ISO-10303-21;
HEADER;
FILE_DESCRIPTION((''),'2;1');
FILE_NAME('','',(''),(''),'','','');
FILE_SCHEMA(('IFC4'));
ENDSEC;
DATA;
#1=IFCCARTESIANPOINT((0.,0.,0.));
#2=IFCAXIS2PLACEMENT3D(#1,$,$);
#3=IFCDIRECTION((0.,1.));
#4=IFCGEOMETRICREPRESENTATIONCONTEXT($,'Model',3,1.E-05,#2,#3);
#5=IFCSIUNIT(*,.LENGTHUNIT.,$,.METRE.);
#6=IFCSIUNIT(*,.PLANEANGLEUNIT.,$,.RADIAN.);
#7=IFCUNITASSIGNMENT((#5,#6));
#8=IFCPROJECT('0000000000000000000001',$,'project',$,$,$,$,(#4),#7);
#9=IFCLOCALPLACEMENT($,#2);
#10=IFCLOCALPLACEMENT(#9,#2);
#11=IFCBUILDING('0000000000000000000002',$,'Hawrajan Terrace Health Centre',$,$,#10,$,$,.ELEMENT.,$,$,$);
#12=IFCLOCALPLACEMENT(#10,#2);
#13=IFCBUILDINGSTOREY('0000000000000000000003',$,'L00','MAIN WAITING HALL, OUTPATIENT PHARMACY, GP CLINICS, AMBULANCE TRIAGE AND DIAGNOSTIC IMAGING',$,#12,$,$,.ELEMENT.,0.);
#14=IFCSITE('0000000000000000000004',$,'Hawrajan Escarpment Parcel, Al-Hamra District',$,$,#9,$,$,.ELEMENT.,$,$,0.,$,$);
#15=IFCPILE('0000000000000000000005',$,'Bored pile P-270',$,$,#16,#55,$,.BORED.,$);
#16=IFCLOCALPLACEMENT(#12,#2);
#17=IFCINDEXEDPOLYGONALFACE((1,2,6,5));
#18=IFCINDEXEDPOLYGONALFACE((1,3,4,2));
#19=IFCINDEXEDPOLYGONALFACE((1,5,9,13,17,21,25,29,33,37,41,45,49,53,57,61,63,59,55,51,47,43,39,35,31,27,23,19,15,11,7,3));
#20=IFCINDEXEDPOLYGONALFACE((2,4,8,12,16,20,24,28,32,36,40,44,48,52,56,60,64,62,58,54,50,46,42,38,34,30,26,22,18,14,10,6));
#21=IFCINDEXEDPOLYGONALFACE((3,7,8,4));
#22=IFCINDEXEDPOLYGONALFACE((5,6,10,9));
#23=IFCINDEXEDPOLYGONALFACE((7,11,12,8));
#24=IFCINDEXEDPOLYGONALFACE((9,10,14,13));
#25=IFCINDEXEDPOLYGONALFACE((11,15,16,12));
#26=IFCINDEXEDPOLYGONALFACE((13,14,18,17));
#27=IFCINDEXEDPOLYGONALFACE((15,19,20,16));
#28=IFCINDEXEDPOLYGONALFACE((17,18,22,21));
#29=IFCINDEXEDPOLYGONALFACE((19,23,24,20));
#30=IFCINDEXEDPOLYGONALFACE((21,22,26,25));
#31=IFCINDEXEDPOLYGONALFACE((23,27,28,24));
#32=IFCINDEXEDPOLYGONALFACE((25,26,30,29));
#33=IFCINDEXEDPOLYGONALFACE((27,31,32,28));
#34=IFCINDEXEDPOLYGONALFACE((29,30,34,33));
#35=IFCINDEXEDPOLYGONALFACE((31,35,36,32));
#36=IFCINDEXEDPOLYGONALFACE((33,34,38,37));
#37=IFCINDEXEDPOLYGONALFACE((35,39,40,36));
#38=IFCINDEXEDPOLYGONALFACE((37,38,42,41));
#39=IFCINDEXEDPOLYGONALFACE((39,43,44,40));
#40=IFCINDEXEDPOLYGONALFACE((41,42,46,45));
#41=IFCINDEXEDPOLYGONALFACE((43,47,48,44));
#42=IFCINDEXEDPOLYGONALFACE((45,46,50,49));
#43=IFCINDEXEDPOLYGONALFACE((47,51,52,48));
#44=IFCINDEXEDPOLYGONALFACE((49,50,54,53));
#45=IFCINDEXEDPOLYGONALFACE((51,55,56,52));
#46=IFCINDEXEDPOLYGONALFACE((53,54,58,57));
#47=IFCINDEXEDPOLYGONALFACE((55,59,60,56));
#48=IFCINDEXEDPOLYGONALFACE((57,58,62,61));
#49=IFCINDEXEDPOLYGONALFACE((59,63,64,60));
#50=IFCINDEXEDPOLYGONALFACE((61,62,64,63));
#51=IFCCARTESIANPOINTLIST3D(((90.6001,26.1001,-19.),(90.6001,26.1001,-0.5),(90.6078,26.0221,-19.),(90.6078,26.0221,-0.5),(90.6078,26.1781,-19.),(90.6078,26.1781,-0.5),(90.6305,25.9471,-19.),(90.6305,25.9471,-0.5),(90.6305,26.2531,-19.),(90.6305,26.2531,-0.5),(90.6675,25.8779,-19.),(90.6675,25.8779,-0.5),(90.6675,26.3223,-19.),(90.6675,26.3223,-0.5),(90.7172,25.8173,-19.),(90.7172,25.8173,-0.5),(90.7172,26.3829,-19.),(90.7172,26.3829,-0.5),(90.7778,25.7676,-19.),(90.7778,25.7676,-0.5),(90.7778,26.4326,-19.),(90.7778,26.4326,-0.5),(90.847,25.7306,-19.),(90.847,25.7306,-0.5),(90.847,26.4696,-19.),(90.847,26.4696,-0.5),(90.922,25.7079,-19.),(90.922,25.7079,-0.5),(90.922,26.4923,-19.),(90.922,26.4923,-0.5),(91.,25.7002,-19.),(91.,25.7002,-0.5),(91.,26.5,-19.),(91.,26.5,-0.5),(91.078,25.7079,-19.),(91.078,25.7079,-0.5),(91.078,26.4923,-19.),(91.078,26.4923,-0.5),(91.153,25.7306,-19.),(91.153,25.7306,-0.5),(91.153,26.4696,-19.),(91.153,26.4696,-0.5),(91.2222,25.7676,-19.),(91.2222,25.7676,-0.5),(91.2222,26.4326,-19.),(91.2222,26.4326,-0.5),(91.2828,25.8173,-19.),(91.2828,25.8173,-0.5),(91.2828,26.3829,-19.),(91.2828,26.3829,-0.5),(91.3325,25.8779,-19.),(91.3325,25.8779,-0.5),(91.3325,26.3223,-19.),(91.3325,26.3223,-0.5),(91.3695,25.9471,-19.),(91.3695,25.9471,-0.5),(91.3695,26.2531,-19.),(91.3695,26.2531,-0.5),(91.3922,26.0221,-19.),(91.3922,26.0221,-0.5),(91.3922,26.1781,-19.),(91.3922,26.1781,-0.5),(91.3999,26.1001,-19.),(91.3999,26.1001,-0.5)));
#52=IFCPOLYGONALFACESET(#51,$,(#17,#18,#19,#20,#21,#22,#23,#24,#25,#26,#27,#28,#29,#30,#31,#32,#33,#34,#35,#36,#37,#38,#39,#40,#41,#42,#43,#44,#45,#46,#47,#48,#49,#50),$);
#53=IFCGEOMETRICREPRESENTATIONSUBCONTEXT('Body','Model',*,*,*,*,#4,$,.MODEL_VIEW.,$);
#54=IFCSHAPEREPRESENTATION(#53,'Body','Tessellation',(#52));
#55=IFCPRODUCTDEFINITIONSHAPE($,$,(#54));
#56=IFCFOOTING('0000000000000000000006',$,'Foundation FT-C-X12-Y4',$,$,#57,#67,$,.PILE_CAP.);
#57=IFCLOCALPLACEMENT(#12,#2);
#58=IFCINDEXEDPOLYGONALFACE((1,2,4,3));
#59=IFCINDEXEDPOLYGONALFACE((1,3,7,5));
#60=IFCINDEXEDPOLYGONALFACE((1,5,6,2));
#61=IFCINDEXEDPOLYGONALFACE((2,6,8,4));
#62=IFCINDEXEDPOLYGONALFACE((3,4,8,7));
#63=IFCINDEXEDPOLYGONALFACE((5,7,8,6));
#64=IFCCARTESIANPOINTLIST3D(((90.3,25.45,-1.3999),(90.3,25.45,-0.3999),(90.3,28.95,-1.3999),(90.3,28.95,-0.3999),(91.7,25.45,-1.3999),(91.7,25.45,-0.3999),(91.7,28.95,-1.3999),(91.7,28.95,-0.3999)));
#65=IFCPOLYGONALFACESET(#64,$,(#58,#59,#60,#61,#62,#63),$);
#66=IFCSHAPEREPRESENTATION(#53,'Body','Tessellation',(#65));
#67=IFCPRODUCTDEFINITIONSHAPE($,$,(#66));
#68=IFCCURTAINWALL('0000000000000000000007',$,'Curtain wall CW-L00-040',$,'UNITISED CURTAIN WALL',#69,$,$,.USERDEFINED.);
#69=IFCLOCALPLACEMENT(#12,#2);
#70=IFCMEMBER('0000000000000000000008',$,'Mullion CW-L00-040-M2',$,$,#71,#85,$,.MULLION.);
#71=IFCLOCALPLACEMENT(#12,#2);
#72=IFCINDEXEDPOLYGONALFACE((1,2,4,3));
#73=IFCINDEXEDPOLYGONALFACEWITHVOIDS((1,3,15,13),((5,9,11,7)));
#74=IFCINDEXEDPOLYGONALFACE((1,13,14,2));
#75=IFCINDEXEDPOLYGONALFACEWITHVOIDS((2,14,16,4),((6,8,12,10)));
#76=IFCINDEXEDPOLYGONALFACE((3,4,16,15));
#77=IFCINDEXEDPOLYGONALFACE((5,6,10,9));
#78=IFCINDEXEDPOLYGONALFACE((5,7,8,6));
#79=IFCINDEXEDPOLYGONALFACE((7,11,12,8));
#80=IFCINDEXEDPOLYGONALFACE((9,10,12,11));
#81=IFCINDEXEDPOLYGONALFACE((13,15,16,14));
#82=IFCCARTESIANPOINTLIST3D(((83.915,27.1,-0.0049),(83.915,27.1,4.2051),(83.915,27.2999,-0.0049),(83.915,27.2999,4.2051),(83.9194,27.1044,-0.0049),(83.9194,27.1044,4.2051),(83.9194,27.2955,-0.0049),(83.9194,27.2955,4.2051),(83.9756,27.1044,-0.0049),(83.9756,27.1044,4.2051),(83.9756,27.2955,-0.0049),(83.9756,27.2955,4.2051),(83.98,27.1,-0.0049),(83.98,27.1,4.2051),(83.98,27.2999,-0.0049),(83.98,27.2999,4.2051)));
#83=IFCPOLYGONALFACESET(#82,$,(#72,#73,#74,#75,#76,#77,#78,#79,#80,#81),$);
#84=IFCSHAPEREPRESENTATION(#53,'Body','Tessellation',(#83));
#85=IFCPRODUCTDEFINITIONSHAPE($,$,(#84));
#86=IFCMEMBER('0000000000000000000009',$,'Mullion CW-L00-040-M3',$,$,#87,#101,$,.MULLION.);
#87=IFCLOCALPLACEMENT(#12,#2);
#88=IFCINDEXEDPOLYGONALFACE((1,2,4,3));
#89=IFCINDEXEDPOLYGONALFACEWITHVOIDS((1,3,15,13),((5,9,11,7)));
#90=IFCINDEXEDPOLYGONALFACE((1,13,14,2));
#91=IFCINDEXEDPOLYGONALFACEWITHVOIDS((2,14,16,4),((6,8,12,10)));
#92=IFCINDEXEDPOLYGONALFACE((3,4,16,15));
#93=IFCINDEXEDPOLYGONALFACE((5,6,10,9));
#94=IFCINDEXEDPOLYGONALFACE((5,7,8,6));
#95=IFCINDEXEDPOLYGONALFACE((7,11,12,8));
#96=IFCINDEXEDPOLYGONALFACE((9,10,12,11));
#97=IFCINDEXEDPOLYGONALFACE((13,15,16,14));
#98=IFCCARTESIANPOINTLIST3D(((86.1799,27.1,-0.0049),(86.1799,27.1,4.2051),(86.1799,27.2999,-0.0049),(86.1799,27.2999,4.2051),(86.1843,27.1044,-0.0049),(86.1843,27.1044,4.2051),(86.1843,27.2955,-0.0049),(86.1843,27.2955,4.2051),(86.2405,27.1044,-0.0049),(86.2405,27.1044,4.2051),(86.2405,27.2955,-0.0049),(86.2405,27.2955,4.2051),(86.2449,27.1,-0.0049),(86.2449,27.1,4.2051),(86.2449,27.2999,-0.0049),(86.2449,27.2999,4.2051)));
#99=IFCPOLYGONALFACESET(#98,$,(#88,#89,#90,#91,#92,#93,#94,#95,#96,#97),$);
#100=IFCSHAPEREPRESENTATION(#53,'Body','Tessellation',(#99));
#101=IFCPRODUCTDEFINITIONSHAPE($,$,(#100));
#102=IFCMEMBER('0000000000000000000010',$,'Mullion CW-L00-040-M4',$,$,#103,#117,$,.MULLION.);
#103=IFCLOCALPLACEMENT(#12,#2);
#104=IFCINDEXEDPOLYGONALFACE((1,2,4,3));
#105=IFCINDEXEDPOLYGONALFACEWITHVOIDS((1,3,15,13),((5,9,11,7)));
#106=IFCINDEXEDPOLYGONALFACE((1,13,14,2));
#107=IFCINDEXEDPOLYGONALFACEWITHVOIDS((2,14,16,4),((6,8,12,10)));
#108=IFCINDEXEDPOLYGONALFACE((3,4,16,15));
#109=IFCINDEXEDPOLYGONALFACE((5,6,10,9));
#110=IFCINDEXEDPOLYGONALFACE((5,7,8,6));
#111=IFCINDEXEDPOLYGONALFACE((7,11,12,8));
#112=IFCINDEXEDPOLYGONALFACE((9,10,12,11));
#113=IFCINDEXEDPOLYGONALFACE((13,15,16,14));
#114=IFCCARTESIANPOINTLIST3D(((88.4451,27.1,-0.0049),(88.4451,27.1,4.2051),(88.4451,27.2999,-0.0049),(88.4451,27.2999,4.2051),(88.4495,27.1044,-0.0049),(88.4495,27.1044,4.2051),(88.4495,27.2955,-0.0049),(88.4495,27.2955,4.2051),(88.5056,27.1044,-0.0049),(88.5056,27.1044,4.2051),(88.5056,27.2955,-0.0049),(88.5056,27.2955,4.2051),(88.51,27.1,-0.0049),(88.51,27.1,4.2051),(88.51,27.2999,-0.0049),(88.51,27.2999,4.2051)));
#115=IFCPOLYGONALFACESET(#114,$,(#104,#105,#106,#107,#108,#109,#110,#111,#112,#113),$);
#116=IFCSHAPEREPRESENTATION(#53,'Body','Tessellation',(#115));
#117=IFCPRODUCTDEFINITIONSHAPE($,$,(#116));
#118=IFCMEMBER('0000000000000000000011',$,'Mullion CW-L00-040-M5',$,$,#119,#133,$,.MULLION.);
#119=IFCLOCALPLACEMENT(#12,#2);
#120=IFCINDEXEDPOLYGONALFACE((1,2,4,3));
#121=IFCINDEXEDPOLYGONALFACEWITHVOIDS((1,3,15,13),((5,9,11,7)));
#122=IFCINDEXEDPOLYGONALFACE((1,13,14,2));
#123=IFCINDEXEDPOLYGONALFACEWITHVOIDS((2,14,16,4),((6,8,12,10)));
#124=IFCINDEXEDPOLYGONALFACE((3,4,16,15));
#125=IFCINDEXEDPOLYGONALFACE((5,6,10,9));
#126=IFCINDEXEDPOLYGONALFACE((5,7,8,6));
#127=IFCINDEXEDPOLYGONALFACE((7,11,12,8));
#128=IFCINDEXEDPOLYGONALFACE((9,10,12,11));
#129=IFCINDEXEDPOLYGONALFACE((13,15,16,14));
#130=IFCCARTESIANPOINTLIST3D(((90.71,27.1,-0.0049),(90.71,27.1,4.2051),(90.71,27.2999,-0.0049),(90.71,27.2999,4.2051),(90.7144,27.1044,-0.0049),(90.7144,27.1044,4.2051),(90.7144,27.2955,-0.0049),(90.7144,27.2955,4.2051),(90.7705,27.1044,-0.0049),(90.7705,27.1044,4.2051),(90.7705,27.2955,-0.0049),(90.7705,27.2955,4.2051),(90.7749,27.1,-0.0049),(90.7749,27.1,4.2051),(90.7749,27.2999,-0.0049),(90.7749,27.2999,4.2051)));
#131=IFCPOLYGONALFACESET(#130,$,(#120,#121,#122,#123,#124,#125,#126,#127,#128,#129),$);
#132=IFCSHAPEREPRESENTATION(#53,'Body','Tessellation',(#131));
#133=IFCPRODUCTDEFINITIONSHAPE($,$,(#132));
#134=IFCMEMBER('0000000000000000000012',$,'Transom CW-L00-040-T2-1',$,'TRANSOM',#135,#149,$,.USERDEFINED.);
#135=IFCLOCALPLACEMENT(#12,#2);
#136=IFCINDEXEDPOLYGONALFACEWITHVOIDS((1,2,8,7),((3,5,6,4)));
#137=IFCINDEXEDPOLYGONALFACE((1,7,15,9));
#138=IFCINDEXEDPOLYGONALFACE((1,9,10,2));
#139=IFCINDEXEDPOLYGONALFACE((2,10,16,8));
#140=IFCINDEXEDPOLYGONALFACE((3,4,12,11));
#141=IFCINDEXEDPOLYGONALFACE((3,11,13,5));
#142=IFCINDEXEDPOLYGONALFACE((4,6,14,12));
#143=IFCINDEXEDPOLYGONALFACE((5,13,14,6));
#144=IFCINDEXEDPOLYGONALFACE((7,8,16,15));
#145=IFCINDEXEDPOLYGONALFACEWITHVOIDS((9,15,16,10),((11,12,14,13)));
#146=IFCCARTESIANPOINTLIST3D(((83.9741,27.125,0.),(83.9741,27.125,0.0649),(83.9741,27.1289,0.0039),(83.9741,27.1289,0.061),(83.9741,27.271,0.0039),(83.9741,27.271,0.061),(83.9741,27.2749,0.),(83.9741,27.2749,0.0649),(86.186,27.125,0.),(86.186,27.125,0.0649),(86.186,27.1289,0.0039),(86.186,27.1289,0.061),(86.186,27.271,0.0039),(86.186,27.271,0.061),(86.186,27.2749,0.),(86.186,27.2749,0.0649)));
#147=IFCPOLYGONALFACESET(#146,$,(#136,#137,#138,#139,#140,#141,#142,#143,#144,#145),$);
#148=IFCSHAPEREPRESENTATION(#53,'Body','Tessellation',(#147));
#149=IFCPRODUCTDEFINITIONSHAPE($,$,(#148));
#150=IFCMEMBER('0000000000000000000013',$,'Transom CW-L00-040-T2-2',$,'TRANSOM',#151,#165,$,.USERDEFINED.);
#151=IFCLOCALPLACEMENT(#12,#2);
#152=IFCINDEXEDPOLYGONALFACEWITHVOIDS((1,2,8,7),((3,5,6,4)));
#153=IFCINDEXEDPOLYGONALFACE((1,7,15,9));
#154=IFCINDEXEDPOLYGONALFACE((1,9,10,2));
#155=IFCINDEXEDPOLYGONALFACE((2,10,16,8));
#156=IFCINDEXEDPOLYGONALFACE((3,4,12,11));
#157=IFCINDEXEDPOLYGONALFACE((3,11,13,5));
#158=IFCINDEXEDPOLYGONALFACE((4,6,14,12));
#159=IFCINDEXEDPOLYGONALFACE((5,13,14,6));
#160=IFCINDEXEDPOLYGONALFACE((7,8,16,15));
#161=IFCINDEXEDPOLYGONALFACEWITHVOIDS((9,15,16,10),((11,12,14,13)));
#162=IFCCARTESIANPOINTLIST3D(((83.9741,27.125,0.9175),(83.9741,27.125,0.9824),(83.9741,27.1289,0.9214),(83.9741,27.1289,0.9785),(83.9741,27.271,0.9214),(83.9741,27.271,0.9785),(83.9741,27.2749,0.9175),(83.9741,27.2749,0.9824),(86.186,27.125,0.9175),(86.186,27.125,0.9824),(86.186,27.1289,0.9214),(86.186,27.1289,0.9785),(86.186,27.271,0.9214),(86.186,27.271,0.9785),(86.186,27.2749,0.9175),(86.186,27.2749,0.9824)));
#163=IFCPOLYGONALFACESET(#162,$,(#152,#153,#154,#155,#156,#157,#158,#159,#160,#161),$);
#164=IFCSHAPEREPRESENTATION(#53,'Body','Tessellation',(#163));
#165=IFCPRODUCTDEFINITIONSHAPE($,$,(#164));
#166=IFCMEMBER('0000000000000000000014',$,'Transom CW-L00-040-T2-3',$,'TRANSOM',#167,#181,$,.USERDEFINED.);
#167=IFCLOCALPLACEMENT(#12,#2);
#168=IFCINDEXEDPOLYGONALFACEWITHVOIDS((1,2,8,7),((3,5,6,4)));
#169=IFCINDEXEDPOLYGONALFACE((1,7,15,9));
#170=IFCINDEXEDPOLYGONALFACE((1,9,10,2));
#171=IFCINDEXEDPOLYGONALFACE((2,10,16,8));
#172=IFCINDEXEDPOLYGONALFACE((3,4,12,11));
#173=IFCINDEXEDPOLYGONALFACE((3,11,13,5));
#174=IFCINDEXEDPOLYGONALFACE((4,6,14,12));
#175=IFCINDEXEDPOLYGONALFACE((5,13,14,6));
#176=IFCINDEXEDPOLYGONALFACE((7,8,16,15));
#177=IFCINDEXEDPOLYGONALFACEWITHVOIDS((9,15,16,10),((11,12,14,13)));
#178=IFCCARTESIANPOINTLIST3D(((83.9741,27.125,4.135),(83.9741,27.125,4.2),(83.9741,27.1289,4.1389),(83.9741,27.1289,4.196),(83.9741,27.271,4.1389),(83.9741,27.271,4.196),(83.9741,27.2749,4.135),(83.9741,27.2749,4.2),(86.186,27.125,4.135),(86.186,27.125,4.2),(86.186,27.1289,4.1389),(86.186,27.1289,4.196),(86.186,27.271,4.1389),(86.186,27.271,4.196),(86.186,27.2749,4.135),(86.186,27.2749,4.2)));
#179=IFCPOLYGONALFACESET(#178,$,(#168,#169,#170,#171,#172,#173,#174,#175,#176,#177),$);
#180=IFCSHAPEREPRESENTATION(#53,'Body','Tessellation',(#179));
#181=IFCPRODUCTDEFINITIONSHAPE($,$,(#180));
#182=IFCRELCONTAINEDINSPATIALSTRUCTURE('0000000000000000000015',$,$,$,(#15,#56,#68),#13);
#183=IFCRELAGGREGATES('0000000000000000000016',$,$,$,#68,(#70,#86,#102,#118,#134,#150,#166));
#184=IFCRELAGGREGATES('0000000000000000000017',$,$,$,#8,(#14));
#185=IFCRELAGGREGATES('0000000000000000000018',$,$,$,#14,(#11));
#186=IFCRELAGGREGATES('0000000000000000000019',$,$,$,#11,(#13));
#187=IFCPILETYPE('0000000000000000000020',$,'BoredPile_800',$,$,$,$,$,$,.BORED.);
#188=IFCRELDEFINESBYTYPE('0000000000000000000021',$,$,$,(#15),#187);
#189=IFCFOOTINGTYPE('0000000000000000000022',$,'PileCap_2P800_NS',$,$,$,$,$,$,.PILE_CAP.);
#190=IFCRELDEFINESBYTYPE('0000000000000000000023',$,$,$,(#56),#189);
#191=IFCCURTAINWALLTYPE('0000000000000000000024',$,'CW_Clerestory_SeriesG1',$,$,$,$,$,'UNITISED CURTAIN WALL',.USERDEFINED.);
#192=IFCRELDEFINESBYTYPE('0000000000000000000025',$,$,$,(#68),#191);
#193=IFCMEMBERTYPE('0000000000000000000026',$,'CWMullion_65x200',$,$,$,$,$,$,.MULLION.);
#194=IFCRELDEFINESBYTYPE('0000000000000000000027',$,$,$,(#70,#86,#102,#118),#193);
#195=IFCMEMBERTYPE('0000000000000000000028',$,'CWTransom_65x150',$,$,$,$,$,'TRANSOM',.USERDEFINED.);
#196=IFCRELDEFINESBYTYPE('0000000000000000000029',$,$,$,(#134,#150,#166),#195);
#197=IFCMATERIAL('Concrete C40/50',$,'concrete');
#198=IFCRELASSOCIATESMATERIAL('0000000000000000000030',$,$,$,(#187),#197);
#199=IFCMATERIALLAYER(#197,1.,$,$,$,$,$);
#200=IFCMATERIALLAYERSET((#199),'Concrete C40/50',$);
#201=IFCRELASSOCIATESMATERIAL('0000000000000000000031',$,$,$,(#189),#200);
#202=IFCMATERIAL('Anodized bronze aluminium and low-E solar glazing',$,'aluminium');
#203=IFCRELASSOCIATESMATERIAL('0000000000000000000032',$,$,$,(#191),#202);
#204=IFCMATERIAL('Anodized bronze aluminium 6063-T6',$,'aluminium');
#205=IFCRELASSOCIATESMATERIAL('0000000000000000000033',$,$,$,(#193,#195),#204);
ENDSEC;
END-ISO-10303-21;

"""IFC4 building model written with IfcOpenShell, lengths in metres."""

from ifc_helpers import new_model, si_unit, direction, frame, origin, origin_2d, place, context, subcontext, project, spatial, rectangle, hollow_rectangle, circle, extrude, material, layer, layer_set, material_profile, profile_set, type_object, element, aggregate, save


model = new_model("IFC4")

# Units and contexts
model_context = context("Model", 3, precision=1e-05, world=origin(), true_north=direction((0.0, 1.0)))
body_context = subcontext(model_context, "Body", "Model", "MODEL_VIEW")
ifc_project = project(units=[si_unit("LENGTHUNIT", "METRE"), si_unit("PLANEANGLEUNIT", "RADIAN")], contexts=[model_context])

# Site, building, storey
site_placement = place(None, origin())
site = spatial("IfcSite", under=ifc_project, at=site_placement, Name="Hawrajan Escarpment Parcel, Al-Hamra District", CompositionType="ELEMENT", RefElevation=0.0)
building_placement = place(site_placement, origin())
building = spatial("IfcBuilding", under=site, at=building_placement, Name="Hawrajan Terrace Health Centre", CompositionType="ELEMENT")
storey_placement = place(building_placement, origin())
storey = spatial("IfcBuildingStorey", under=building, at=storey_placement, Name="L00", Description="MAIN WAITING HALL, OUTPATIENT PHARMACY, GP CLINICS, AMBULANCE TRIAGE AND DIAGNOSTIC IMAGING", CompositionType="ELEMENT", Elevation=0.0)

# Pile
ifc_material_1 = material(Name="Concrete C40/50", Category="concrete")
ifc_material_profile_1 = material_profile(ifc_material_1, circle(Radius=0.3999, at=origin_2d()), Name="BP 800")
ifc_profile_set_1 = profile_set([ifc_material_profile_1], Name="Concrete C40/50")
pile_type = type_object("IfcPileType", Name="BoredPile_800", PredefinedType="BORED", material=ifc_profile_set_1)
pile_placement = place(storey_placement, frame((91.0, 26.1001, -0.5), z_axis=(0.0, 0.0, -1.0), x_axis=(1.0, 0.0, 0.0)))
element("IfcPile", 1, at=pile_placement, inside=storey, type_object=pile_type, Name="Bored pile P-270", PredefinedType="BORED", context=body_context, shape_type="SweptSolid", body=[
    extrude(circle(Radius=0.3999, at=origin_2d()), origin(), (0.0, 0.0, 1.0), 18.5),
])

# Footing
ifc_layer_1 = layer(ifc_material_1, 1.0)
ifc_layer_set_1 = layer_set([ifc_layer_1], Name="Concrete C40/50")
footing_type = type_object("IfcFootingType", Name="PileCap_2P800_NS", PredefinedType="PILE_CAP", material=ifc_layer_set_1)
footing_placement = place(storey_placement, frame((91.0, 27.2, -1.3999), z_axis=(0.0, 0.0, 1.0), x_axis=(1.0, 0.0, 0.0)))
element("IfcFooting", 2, at=footing_placement, inside=storey, type_object=footing_type, Name="Foundation FT-C-X12-Y4", PredefinedType="PILE_CAP", context=body_context, shape_type="SweptSolid", body=[
    extrude(rectangle(XDim=1.3999, YDim=3.5, at=origin_2d()), origin(), (0.0, 0.0, 1.0), 1.0),
])

# Curtain wall, members
ifc_material_2 = material(Name="Anodized bronze aluminium and low-E solar glazing", Category="aluminium")
curtain_wall_type = type_object("IfcCurtainWallType", Name="CW_Clerestory_SeriesG1", ElementType="UNITISED CURTAIN WALL", PredefinedType="USERDEFINED", material=ifc_material_2)
curtain_wall_placement = place(storey_placement, origin())
curtain_wall = element("IfcCurtainWall", 3, at=curtain_wall_placement, inside=storey, type_object=curtain_wall_type, Name="Curtain wall CW-L00-040", ObjectType="UNITISED CURTAIN WALL", PredefinedType="USERDEFINED")
ifc_material_3 = material(Name="Anodized bronze aluminium 6063-T6", Category="aluminium")
ifc_material_profile_2 = material_profile(ifc_material_3, hollow_rectangle(XDim=0.0649, YDim=0.2, WallThickness=0.0044, at=origin_2d()), Name="CW MUL 65x200")
ifc_profile_set_2 = profile_set([ifc_material_profile_2], Name="Anodized bronze aluminium 6063-T6")
member_type_1 = type_object("IfcMemberType", Name="CWMullion_65x200", PredefinedType="MULLION", material=ifc_profile_set_2)
member_1_placement = place(storey_placement, frame((83.9475, 27.2, -0.0049), z_axis=(0.0, 0.0, 1.0), x_axis=(1.0, 0.0, 0.0)))
member_1 = element("IfcMember", 4, at=member_1_placement, type_object=member_type_1, Name="Mullion CW-L00-040-M2", PredefinedType="MULLION", context=body_context, shape_type="SweptSolid", body=[
    extrude(hollow_rectangle(XDim=0.0649, YDim=0.2, WallThickness=0.0044, at=origin_2d()), origin(), (0.0, 0.0, 1.0), 4.21),
])
member_2_placement = place(storey_placement, frame((86.2124, 27.2, -0.0049), z_axis=(0.0, 0.0, 1.0), x_axis=(1.0, 0.0, 0.0)))
member_2 = element("IfcMember", 5, at=member_2_placement, type_object=member_type_1, Name="Mullion CW-L00-040-M3", PredefinedType="MULLION", context=body_context, shape_type="SweptSolid", body=[
    extrude(hollow_rectangle(XDim=0.0649, YDim=0.2, WallThickness=0.0044, at=origin_2d()), origin(), (0.0, 0.0, 1.0), 4.21),
])
member_3_placement = place(storey_placement, frame((88.4775, 27.2, -0.0049), z_axis=(0.0, 0.0, 1.0), x_axis=(1.0, 0.0, 0.0)))
member_3 = element("IfcMember", 6, at=member_3_placement, type_object=member_type_1, Name="Mullion CW-L00-040-M4", PredefinedType="MULLION", context=body_context, shape_type="SweptSolid", body=[
    extrude(hollow_rectangle(XDim=0.0649, YDim=0.2, WallThickness=0.0044, at=origin_2d()), origin(), (0.0, 0.0, 1.0), 4.21),
])
member_4_placement = place(storey_placement, frame((90.7424, 27.2, -0.0049), z_axis=(0.0, 0.0, 1.0), x_axis=(1.0, 0.0, 0.0)))
member_4 = element("IfcMember", 7, at=member_4_placement, type_object=member_type_1, Name="Mullion CW-L00-040-M5", PredefinedType="MULLION", context=body_context, shape_type="SweptSolid", body=[
    extrude(hollow_rectangle(XDim=0.0649, YDim=0.2, WallThickness=0.0044, at=origin_2d()), origin(), (0.0, 0.0, 1.0), 4.21),
])
ifc_material_profile_3 = material_profile(ifc_material_3, hollow_rectangle(XDim=0.0649, YDim=0.1499, WallThickness=0.0039, at=origin_2d()), Name="CW TRN 65x150")
ifc_profile_set_3 = profile_set([ifc_material_profile_3], Name="Anodized bronze aluminium 6063-T6")
member_type_2 = type_object("IfcMemberType", Name="CWTransom_65x150", ElementType="TRANSOM", PredefinedType="USERDEFINED", material=ifc_profile_set_3)
member_5_placement = place(storey_placement, frame((83.9741, 27.2, 0.0325), z_axis=(1.0, 0.0, 0.0), x_axis=(0.0, 0.0, 1.0)))
member_5 = element("IfcMember", 8, at=member_5_placement, type_object=member_type_2, Name="Transom CW-L00-040-T2-1", ObjectType="TRANSOM", PredefinedType="USERDEFINED", context=body_context, shape_type="SweptSolid", body=[
    extrude(hollow_rectangle(XDim=0.0649, YDim=0.1499, WallThickness=0.0039, at=origin_2d()), origin(), (0.0, 0.0, 1.0), 2.2119),
])
member_6_placement = place(storey_placement, frame((83.9741, 27.2, 0.95), z_axis=(1.0, 0.0, 0.0), x_axis=(0.0, 0.0, 1.0)))
member_6 = element("IfcMember", 9, at=member_6_placement, type_object=member_type_2, Name="Transom CW-L00-040-T2-2", ObjectType="TRANSOM", PredefinedType="USERDEFINED", context=body_context, shape_type="SweptSolid", body=[
    extrude(hollow_rectangle(XDim=0.0649, YDim=0.1499, WallThickness=0.0039, at=origin_2d()), origin(), (0.0, 0.0, 1.0), 2.2119),
])
member_7_placement = place(storey_placement, frame((83.9741, 27.2, 4.1675), z_axis=(1.0, 0.0, 0.0), x_axis=(0.0, 0.0, 1.0)))
member_7 = element("IfcMember", 10, at=member_7_placement, type_object=member_type_2, Name="Transom CW-L00-040-T2-3", ObjectType="TRANSOM", PredefinedType="USERDEFINED", context=body_context, shape_type="SweptSolid", body=[
    extrude(hollow_rectangle(XDim=0.0649, YDim=0.1499, WallThickness=0.0039, at=origin_2d()), origin(), (0.0, 0.0, 1.0), 2.2119),
])
aggregate(curtain_wall, [member_1, member_2, member_3, member_4, member_5, member_6, member_7])

save(model, "model.ifc")
